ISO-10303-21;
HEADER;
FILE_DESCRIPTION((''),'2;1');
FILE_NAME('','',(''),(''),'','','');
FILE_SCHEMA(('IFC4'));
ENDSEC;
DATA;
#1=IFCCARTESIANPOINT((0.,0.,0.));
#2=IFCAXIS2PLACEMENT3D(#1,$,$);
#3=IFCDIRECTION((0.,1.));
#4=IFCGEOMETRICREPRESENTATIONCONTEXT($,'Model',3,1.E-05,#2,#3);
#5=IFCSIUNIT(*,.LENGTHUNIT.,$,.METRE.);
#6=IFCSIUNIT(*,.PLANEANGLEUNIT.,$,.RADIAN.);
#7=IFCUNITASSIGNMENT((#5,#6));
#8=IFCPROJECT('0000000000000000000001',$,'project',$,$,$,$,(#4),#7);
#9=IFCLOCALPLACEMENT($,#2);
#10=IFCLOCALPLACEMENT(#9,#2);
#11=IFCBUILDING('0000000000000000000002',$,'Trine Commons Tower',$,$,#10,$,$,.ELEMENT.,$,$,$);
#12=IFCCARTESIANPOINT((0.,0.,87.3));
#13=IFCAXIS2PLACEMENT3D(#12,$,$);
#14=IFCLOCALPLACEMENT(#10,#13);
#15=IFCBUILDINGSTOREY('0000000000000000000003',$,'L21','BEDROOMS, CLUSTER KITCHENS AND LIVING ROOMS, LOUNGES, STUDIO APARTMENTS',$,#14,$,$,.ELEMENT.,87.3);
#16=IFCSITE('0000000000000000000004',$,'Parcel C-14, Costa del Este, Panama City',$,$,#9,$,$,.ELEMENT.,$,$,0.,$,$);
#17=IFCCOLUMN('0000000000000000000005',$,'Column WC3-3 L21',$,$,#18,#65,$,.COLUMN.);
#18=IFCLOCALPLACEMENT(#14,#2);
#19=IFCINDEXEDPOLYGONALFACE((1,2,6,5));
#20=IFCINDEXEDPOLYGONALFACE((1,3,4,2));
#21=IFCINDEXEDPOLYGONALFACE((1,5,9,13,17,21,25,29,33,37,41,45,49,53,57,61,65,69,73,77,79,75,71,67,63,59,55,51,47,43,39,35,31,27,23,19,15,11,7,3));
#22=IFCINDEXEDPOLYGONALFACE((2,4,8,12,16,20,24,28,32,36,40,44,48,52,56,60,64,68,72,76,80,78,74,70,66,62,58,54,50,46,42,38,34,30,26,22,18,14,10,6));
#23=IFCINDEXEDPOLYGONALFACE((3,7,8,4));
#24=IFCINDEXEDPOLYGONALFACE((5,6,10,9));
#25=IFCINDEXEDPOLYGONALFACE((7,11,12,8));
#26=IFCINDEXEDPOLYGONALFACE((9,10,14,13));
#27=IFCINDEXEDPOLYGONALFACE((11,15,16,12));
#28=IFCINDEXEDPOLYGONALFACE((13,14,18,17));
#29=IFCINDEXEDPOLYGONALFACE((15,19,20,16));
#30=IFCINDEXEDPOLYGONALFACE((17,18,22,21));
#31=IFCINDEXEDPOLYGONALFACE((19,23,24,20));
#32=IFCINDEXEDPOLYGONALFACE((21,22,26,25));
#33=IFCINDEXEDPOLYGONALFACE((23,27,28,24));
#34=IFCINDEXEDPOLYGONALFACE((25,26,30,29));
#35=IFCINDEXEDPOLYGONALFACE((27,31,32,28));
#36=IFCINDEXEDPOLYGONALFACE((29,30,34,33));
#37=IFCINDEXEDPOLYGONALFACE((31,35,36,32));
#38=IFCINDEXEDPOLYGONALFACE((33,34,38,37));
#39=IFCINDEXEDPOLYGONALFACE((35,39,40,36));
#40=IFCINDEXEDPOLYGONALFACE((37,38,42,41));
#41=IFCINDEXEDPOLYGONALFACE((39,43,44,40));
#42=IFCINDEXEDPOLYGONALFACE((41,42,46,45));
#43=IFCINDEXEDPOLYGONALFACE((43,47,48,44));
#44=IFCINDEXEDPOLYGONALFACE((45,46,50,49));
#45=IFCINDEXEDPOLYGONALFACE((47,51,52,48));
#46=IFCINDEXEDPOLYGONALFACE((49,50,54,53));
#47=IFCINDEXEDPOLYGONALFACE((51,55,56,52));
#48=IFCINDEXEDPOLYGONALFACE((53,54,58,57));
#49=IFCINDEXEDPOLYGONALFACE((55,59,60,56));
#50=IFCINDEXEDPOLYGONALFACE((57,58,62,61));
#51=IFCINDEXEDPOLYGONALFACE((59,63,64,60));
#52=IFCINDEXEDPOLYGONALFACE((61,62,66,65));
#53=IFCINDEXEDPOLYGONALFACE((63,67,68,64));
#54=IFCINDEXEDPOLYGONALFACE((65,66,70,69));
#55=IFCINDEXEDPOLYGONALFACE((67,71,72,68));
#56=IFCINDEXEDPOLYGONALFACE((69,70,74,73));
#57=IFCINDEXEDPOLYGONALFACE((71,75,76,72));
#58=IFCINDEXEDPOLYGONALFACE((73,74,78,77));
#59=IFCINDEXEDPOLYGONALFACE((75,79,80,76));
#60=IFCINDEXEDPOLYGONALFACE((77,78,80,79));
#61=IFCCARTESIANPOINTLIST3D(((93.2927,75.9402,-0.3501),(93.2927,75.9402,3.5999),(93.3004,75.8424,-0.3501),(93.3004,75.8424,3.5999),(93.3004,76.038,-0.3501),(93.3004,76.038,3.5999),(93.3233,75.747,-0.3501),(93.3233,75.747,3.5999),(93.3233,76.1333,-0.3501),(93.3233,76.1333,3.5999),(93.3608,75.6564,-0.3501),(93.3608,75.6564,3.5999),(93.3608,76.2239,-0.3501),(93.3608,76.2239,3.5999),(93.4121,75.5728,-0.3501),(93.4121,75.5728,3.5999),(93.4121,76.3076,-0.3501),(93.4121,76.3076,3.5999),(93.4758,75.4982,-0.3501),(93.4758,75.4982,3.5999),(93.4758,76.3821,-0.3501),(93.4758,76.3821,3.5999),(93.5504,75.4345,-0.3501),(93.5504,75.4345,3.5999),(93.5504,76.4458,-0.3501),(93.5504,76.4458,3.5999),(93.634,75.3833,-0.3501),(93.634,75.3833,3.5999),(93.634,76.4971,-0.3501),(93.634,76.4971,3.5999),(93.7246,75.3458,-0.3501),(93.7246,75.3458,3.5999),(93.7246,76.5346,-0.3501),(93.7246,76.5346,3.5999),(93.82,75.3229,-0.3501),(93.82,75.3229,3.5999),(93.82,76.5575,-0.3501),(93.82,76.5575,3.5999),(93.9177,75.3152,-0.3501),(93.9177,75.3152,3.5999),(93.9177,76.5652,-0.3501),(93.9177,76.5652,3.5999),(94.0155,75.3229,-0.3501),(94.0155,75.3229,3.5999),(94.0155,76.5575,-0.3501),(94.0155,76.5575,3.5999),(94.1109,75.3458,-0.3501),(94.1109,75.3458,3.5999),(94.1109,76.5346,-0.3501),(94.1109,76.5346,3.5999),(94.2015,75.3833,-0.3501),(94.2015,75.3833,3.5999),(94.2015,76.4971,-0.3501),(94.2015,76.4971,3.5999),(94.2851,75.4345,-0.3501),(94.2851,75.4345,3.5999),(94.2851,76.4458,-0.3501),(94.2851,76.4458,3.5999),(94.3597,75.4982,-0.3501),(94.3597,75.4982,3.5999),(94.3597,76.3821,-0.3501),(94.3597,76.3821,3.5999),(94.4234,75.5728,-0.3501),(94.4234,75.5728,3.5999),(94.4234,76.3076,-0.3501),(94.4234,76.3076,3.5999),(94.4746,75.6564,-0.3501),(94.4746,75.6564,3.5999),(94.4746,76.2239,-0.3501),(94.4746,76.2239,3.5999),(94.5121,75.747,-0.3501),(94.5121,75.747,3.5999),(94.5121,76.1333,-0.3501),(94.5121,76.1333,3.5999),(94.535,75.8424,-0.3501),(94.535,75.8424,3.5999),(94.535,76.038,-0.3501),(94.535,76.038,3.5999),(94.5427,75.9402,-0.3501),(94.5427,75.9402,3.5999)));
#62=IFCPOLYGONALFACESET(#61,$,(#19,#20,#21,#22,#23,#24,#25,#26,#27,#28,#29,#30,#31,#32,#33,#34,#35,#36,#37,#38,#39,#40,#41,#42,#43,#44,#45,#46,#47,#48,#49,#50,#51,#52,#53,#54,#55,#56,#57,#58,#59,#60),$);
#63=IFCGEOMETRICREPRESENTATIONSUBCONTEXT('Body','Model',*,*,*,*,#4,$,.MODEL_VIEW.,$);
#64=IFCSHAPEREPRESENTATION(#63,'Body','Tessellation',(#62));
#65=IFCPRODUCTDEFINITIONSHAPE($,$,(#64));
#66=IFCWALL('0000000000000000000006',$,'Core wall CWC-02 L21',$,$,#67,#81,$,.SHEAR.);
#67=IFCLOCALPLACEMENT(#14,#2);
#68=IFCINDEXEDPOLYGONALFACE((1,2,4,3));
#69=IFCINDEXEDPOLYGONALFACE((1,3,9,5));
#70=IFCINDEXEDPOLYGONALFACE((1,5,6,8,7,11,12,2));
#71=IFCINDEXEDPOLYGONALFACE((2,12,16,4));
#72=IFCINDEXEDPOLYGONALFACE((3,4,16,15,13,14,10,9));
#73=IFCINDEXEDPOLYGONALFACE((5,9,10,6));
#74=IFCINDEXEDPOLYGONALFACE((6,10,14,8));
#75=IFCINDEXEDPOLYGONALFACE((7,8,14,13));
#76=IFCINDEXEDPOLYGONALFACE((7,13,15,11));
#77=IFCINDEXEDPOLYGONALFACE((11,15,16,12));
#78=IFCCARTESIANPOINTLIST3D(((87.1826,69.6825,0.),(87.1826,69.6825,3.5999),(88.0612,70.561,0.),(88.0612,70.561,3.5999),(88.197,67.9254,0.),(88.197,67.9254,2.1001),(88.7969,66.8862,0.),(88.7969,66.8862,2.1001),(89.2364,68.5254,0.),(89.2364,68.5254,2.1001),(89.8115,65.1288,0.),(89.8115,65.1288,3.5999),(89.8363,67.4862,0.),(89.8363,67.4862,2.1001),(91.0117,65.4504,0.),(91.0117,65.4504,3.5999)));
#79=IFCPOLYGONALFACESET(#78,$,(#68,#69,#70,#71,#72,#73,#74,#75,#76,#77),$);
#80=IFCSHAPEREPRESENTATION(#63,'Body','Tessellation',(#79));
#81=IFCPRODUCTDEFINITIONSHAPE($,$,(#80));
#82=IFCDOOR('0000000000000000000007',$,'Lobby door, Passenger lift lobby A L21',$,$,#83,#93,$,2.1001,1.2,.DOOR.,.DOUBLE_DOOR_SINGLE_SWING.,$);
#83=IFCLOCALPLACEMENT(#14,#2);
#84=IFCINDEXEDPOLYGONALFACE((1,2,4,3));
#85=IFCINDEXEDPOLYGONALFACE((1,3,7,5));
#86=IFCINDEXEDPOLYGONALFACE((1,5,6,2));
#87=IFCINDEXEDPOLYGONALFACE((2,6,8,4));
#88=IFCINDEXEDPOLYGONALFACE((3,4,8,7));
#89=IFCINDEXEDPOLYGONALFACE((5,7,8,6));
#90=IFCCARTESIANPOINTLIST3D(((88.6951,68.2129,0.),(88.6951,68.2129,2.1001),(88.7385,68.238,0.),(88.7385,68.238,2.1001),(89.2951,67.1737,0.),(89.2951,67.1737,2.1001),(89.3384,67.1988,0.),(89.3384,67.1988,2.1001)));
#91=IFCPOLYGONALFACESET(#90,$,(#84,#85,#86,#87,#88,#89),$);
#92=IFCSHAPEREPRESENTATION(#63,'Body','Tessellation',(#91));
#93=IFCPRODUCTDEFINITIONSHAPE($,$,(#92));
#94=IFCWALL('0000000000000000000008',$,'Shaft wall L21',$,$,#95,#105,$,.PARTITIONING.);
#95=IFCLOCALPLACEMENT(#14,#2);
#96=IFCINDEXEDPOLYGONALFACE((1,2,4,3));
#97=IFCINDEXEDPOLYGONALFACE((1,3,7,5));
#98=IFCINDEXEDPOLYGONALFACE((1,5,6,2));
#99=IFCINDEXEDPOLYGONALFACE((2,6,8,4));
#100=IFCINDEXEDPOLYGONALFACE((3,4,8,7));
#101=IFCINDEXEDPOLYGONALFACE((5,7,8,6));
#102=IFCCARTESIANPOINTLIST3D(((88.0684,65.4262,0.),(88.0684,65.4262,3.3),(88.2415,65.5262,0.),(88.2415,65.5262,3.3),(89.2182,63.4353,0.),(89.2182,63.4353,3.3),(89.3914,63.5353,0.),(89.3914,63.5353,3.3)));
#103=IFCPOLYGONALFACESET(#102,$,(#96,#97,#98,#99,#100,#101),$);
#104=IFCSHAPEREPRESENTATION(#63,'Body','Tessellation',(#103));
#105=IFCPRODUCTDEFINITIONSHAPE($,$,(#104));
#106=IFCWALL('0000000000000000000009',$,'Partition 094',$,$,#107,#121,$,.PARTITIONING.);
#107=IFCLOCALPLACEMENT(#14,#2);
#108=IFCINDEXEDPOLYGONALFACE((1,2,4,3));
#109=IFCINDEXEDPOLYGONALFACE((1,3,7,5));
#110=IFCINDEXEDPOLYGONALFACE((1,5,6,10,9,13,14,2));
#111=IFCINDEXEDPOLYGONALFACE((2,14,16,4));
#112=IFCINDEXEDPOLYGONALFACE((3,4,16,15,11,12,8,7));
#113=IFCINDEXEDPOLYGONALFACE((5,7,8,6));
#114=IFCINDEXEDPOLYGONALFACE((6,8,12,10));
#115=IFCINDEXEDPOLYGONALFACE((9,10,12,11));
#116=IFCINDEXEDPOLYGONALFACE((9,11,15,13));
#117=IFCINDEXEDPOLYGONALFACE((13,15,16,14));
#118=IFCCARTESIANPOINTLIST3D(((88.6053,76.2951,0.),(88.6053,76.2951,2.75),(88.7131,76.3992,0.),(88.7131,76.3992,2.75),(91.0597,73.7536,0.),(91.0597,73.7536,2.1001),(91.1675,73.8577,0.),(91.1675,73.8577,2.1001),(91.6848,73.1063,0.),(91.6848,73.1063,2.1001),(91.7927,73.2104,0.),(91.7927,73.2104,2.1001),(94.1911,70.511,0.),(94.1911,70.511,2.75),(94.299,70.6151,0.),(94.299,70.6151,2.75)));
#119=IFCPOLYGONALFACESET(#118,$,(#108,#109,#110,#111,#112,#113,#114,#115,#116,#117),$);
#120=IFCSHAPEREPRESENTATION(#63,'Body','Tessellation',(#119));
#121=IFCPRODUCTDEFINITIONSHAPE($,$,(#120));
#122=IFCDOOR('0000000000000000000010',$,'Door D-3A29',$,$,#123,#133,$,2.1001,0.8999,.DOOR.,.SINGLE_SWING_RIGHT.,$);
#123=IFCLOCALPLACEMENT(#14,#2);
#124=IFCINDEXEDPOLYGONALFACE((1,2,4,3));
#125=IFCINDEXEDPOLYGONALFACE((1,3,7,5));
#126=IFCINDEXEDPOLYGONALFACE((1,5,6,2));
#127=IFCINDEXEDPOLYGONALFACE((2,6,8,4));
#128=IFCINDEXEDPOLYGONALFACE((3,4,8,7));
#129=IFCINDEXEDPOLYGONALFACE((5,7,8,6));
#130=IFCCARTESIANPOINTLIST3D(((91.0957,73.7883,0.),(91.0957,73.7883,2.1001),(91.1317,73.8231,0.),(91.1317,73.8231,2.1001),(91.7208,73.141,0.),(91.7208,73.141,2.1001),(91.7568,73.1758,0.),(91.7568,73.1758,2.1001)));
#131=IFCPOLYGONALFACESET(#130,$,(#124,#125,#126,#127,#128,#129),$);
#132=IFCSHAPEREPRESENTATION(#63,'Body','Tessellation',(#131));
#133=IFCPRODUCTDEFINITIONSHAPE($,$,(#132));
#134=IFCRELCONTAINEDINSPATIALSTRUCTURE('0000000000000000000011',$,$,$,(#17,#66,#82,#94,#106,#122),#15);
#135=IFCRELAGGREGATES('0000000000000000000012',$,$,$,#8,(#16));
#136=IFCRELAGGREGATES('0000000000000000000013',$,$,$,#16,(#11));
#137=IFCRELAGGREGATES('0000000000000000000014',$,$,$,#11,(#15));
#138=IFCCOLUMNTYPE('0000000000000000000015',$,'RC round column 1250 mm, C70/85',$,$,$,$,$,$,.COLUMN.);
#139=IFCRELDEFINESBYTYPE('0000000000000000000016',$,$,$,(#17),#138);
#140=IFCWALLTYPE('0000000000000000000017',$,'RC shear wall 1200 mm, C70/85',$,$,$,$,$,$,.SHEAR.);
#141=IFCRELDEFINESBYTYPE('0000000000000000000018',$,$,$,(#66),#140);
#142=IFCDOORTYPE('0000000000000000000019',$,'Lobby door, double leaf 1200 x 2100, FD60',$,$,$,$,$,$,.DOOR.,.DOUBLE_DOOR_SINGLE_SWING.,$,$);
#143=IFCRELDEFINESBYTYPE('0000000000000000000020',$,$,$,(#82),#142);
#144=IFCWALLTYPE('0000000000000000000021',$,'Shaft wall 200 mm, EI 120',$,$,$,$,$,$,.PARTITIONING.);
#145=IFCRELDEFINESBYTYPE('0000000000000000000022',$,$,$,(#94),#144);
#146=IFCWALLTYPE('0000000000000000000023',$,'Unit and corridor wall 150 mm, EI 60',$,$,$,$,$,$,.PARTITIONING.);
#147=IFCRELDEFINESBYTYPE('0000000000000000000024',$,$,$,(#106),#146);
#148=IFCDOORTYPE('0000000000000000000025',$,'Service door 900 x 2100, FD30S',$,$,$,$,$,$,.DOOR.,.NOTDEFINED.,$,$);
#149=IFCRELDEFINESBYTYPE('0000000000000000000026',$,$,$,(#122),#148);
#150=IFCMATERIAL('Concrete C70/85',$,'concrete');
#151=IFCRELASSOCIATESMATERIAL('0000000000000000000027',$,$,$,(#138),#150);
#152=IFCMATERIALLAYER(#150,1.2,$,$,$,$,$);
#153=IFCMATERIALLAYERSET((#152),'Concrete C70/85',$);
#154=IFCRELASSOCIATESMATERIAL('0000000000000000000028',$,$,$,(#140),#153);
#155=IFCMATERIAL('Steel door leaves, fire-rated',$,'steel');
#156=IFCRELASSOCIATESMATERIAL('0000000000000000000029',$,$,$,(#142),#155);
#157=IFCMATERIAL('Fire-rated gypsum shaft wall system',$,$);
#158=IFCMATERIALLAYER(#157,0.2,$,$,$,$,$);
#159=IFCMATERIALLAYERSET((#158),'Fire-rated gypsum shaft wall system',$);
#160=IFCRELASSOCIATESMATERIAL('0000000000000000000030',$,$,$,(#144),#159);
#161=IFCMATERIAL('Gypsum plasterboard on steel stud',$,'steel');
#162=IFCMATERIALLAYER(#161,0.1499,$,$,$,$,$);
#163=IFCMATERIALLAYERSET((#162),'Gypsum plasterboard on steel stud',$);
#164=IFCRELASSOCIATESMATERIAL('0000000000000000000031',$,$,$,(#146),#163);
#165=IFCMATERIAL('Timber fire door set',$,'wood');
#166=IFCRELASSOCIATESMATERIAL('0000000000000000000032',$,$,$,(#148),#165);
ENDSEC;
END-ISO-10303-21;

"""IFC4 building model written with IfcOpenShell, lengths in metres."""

from ifc_helpers import new_model, si_unit, direction, frame, frame_2d, origin, origin_2d, place, context, subcontext, project, spatial, polyline, rectangle, circle, outline, extrude, material, layer, layer_set, material_profile, profile_set, type_object, element, fill, save


model = new_model("IFC4")

# Units and contexts
model_context = context("Model", 3, precision=1e-05, world=origin(), true_north=direction((0.0, 1.0)))
body_context = subcontext(model_context, "Body", "Model", "MODEL_VIEW")
ifc_project = project(units=[si_unit("LENGTHUNIT", "METRE"), si_unit("PLANEANGLEUNIT", "RADIAN")], contexts=[model_context])

# Site, building, storey
site_placement = place(None, origin())
site = spatial("IfcSite", under=ifc_project, at=site_placement, Name="Parcel C-14, Costa del Este, Panama City", CompositionType="ELEMENT", RefElevation=0.0)
building_placement = place(site_placement, origin())
building = spatial("IfcBuilding", under=site, at=building_placement, Name="Trine Commons Tower", CompositionType="ELEMENT")
storey_placement = place(building_placement, frame((0.0, 0.0, 87.3)))
storey = spatial("IfcBuildingStorey", under=building, at=storey_placement, Name="L21", Description="BEDROOMS, CLUSTER KITCHENS AND LIVING ROOMS, LOUNGES, STUDIO APARTMENTS", CompositionType="ELEMENT", Elevation=87.3)

# Column
ifc_material_1 = material(Name="Concrete C70/85", Category="concrete")
ifc_material_profile = material_profile(ifc_material_1, circle(Radius=0.625, at=origin_2d()), Name="RC round 1250")
ifc_profile_set = profile_set([ifc_material_profile], Name="Concrete C70/85")
column_type = type_object("IfcColumnType", Name="RC round column 1250 mm, C70/85", PredefinedType="COLUMN", material=ifc_profile_set)
column_placement = place(storey_placement, frame((93.9177, 75.9402, -0.3501), z_axis=(0.0, 0.0, 1.0), x_axis=(1.0, 0.0, 0.0)))
element("IfcColumn", 1, at=column_placement, inside=storey, type_object=column_type, Name="Column WC3-3 L21", PredefinedType="COLUMN", context=body_context, shape_type="SweptSolid", body=[
    extrude(circle(Radius=0.625, at=origin_2d()), origin(), (0.0, 0.0, 1.0), 3.95),
])

# Wall, opening, door
ifc_layer_1 = layer(ifc_material_1, 1.2)
ifc_layer_set_1 = layer_set([ifc_layer_1], Name="Concrete C70/85")
wall_type_1 = type_object("IfcWallType", Name="RC shear wall 1200 mm, C70/85", PredefinedType="SHEAR", material=ifc_layer_set_1)
wall_1_placement = place(storey_placement, frame((90.4919, 65.1504, 0.0), z_axis=(0.0, 0.0, 1.0), x_axis=(-0.499979, 0.866037, 0.0)))
wall_1 = element("IfcWall", 2, at=wall_1_placement, inside=storey, type_object=wall_type_1, Name="Core wall CWC-02 L21", PredefinedType="SHEAR", context=body_context, shape_type="SweptSolid", body=[
    extrude(outline(polyline([(0.0, -0.6001), (5.9011, -0.6001), (5.5796, 0.6001), (0.3215, 0.6001), (0.0, -0.6001)])), origin(), (0.0, 0.0, 1.0), 3.5999),
])
opening_1_placement = place(wall_1_placement, frame((2.3506, 0.0, 0.0)))
opening_1 = element("IfcOpeningElement", 3, at=opening_1_placement, cuts=wall_1, PredefinedType="OPENING", context=body_context, shape_type="SweptSolid", body=[
    extrude(rectangle(XDim=1.2, YDim=2.1001, at=frame_2d((0.6001, 1.05))), frame((0.0, 0.6099, 0.0), z_axis=(0.0, -1.0, 0.0), x_axis=(1.0, 0.0, 0.0)), (0.0, 0.0, 1.0), 1.22),
])
ifc_material_2 = material(Name="Steel door leaves, fire-rated", Category="steel")
door_type_1 = type_object("IfcDoorType", Name="Lobby door, double leaf 1200 x 2100, FD60", OperationType="DOUBLE_DOOR_SINGLE_SWING", PredefinedType="DOOR", material=ifc_material_2)
door_1_placement = place(opening_1_placement, origin())
door_1 = element("IfcDoor", 4, at=door_1_placement, inside=storey, type_object=door_type_1, Name="Lobby door, Passenger lift lobby A L21", OperationType="DOUBLE_DOOR_SINGLE_SWING", OverallHeight=2.1001, OverallWidth=1.2, PredefinedType="DOOR", context=body_context, shape_type="SweptSolid", body=[
    extrude(rectangle(XDim=1.2, YDim=2.1001, at=frame_2d((0.6001, 1.05))), frame((0.0, 0.0249, 0.0), z_axis=(0.0, -1.0, 0.0), x_axis=(1.0, 0.0, 0.0)), (0.0, 0.0, 1.0), 0.05),
])
fill(opening_1, door_1)

# Wall
ifc_material_3 = material(Name="Fire-rated gypsum shaft wall system")
ifc_layer_2 = layer(ifc_material_3, 0.2)
ifc_layer_set_2 = layer_set([ifc_layer_2], Name="Fire-rated gypsum shaft wall system")
wall_type_2 = type_object("IfcWallType", Name="Shaft wall 200 mm, EI 120", PredefinedType="PARTITIONING", material=ifc_layer_set_2)
wall_2_placement = place(storey_placement, frame((88.155, 65.4761, 0.0), z_axis=(0.0, 0.0, 1.0), x_axis=(0.500136, -0.865947, 0.0)))
element("IfcWall", 5, at=wall_2_placement, inside=storey, type_object=wall_type_2, Name="Shaft wall L21", PredefinedType="PARTITIONING", context=body_context, shape_type="SweptSolid", body=[
    extrude(rectangle(XDim=2.2991, YDim=0.2, at=frame_2d((1.1494, 0.0))), origin(), (0.0, 0.0, 1.0), 3.3),
])

# Wall, opening, door
ifc_material_4 = material(Name="Gypsum plasterboard on steel stud", Category="steel")
ifc_layer_3 = layer(ifc_material_4, 0.1499)
ifc_layer_set_3 = layer_set([ifc_layer_3], Name="Gypsum plasterboard on steel stud")
wall_type_3 = type_object("IfcWallType", Name="Unit and corridor wall 150 mm, EI 60", PredefinedType="PARTITIONING", material=ifc_layer_set_3)
wall_3_placement = place(storey_placement, frame((88.6592, 76.3472, 0.0), z_axis=(0.0, 0.0, 1.0), x_axis=(0.694673, -0.719326, 0.0)))
wall_3 = element("IfcWall", 6, at=wall_3_placement, inside=storey, type_object=wall_type_3, Name="Partition 094", PredefinedType="PARTITIONING", context=body_context, shape_type="SweptSolid", body=[
    extrude(rectangle(XDim=8.041, YDim=0.1499, at=frame_2d((4.0205, 0.0))), origin(), (0.0, 0.0, 1.0), 2.75),
])
opening_2_placement = place(wall_3_placement, frame((3.5332, 0.0, 0.0)))
opening_2 = element("IfcOpeningElement", 7, at=opening_2_placement, cuts=wall_3, PredefinedType="OPENING", context=body_context, shape_type="SweptSolid", body=[
    extrude(rectangle(XDim=0.8999, YDim=2.1001, at=frame_2d((0.45, 1.05))), frame((0.0, 0.085, 0.0), z_axis=(0.0, -1.0, 0.0), x_axis=(1.0, 0.0, 0.0)), (0.0, 0.0, 1.0), 0.1699),
])
ifc_material_5 = material(Name="Timber fire door set", Category="wood")
door_type_2 = type_object("IfcDoorType", Name="Service door 900 x 2100, FD30S", OperationType="NOTDEFINED", PredefinedType="DOOR", material=ifc_material_5)
door_2_placement = place(opening_2_placement, frame((0.8999, 0.0, 0.0), z_axis=(0.0, 0.0, 1.0), x_axis=(-1.0, 0.0, 0.0)))
door_2 = element("IfcDoor", 8, at=door_2_placement, inside=storey, type_object=door_type_2, Name="Door D-3A29", OperationType="SINGLE_SWING_RIGHT", OverallHeight=2.1001, OverallWidth=0.8999, PredefinedType="DOOR", context=body_context, shape_type="SweptSolid", body=[
    extrude(rectangle(XDim=0.8999, YDim=2.1001, at=frame_2d((0.45, 1.05))), frame((0.0, 0.0249, 0.0), z_axis=(0.0, -1.0, 0.0), x_axis=(1.0, 0.0, 0.0)), (0.0, 0.0, 1.0), 0.05),
])
fill(opening_2, door_2)

save(model, "model.ifc")
